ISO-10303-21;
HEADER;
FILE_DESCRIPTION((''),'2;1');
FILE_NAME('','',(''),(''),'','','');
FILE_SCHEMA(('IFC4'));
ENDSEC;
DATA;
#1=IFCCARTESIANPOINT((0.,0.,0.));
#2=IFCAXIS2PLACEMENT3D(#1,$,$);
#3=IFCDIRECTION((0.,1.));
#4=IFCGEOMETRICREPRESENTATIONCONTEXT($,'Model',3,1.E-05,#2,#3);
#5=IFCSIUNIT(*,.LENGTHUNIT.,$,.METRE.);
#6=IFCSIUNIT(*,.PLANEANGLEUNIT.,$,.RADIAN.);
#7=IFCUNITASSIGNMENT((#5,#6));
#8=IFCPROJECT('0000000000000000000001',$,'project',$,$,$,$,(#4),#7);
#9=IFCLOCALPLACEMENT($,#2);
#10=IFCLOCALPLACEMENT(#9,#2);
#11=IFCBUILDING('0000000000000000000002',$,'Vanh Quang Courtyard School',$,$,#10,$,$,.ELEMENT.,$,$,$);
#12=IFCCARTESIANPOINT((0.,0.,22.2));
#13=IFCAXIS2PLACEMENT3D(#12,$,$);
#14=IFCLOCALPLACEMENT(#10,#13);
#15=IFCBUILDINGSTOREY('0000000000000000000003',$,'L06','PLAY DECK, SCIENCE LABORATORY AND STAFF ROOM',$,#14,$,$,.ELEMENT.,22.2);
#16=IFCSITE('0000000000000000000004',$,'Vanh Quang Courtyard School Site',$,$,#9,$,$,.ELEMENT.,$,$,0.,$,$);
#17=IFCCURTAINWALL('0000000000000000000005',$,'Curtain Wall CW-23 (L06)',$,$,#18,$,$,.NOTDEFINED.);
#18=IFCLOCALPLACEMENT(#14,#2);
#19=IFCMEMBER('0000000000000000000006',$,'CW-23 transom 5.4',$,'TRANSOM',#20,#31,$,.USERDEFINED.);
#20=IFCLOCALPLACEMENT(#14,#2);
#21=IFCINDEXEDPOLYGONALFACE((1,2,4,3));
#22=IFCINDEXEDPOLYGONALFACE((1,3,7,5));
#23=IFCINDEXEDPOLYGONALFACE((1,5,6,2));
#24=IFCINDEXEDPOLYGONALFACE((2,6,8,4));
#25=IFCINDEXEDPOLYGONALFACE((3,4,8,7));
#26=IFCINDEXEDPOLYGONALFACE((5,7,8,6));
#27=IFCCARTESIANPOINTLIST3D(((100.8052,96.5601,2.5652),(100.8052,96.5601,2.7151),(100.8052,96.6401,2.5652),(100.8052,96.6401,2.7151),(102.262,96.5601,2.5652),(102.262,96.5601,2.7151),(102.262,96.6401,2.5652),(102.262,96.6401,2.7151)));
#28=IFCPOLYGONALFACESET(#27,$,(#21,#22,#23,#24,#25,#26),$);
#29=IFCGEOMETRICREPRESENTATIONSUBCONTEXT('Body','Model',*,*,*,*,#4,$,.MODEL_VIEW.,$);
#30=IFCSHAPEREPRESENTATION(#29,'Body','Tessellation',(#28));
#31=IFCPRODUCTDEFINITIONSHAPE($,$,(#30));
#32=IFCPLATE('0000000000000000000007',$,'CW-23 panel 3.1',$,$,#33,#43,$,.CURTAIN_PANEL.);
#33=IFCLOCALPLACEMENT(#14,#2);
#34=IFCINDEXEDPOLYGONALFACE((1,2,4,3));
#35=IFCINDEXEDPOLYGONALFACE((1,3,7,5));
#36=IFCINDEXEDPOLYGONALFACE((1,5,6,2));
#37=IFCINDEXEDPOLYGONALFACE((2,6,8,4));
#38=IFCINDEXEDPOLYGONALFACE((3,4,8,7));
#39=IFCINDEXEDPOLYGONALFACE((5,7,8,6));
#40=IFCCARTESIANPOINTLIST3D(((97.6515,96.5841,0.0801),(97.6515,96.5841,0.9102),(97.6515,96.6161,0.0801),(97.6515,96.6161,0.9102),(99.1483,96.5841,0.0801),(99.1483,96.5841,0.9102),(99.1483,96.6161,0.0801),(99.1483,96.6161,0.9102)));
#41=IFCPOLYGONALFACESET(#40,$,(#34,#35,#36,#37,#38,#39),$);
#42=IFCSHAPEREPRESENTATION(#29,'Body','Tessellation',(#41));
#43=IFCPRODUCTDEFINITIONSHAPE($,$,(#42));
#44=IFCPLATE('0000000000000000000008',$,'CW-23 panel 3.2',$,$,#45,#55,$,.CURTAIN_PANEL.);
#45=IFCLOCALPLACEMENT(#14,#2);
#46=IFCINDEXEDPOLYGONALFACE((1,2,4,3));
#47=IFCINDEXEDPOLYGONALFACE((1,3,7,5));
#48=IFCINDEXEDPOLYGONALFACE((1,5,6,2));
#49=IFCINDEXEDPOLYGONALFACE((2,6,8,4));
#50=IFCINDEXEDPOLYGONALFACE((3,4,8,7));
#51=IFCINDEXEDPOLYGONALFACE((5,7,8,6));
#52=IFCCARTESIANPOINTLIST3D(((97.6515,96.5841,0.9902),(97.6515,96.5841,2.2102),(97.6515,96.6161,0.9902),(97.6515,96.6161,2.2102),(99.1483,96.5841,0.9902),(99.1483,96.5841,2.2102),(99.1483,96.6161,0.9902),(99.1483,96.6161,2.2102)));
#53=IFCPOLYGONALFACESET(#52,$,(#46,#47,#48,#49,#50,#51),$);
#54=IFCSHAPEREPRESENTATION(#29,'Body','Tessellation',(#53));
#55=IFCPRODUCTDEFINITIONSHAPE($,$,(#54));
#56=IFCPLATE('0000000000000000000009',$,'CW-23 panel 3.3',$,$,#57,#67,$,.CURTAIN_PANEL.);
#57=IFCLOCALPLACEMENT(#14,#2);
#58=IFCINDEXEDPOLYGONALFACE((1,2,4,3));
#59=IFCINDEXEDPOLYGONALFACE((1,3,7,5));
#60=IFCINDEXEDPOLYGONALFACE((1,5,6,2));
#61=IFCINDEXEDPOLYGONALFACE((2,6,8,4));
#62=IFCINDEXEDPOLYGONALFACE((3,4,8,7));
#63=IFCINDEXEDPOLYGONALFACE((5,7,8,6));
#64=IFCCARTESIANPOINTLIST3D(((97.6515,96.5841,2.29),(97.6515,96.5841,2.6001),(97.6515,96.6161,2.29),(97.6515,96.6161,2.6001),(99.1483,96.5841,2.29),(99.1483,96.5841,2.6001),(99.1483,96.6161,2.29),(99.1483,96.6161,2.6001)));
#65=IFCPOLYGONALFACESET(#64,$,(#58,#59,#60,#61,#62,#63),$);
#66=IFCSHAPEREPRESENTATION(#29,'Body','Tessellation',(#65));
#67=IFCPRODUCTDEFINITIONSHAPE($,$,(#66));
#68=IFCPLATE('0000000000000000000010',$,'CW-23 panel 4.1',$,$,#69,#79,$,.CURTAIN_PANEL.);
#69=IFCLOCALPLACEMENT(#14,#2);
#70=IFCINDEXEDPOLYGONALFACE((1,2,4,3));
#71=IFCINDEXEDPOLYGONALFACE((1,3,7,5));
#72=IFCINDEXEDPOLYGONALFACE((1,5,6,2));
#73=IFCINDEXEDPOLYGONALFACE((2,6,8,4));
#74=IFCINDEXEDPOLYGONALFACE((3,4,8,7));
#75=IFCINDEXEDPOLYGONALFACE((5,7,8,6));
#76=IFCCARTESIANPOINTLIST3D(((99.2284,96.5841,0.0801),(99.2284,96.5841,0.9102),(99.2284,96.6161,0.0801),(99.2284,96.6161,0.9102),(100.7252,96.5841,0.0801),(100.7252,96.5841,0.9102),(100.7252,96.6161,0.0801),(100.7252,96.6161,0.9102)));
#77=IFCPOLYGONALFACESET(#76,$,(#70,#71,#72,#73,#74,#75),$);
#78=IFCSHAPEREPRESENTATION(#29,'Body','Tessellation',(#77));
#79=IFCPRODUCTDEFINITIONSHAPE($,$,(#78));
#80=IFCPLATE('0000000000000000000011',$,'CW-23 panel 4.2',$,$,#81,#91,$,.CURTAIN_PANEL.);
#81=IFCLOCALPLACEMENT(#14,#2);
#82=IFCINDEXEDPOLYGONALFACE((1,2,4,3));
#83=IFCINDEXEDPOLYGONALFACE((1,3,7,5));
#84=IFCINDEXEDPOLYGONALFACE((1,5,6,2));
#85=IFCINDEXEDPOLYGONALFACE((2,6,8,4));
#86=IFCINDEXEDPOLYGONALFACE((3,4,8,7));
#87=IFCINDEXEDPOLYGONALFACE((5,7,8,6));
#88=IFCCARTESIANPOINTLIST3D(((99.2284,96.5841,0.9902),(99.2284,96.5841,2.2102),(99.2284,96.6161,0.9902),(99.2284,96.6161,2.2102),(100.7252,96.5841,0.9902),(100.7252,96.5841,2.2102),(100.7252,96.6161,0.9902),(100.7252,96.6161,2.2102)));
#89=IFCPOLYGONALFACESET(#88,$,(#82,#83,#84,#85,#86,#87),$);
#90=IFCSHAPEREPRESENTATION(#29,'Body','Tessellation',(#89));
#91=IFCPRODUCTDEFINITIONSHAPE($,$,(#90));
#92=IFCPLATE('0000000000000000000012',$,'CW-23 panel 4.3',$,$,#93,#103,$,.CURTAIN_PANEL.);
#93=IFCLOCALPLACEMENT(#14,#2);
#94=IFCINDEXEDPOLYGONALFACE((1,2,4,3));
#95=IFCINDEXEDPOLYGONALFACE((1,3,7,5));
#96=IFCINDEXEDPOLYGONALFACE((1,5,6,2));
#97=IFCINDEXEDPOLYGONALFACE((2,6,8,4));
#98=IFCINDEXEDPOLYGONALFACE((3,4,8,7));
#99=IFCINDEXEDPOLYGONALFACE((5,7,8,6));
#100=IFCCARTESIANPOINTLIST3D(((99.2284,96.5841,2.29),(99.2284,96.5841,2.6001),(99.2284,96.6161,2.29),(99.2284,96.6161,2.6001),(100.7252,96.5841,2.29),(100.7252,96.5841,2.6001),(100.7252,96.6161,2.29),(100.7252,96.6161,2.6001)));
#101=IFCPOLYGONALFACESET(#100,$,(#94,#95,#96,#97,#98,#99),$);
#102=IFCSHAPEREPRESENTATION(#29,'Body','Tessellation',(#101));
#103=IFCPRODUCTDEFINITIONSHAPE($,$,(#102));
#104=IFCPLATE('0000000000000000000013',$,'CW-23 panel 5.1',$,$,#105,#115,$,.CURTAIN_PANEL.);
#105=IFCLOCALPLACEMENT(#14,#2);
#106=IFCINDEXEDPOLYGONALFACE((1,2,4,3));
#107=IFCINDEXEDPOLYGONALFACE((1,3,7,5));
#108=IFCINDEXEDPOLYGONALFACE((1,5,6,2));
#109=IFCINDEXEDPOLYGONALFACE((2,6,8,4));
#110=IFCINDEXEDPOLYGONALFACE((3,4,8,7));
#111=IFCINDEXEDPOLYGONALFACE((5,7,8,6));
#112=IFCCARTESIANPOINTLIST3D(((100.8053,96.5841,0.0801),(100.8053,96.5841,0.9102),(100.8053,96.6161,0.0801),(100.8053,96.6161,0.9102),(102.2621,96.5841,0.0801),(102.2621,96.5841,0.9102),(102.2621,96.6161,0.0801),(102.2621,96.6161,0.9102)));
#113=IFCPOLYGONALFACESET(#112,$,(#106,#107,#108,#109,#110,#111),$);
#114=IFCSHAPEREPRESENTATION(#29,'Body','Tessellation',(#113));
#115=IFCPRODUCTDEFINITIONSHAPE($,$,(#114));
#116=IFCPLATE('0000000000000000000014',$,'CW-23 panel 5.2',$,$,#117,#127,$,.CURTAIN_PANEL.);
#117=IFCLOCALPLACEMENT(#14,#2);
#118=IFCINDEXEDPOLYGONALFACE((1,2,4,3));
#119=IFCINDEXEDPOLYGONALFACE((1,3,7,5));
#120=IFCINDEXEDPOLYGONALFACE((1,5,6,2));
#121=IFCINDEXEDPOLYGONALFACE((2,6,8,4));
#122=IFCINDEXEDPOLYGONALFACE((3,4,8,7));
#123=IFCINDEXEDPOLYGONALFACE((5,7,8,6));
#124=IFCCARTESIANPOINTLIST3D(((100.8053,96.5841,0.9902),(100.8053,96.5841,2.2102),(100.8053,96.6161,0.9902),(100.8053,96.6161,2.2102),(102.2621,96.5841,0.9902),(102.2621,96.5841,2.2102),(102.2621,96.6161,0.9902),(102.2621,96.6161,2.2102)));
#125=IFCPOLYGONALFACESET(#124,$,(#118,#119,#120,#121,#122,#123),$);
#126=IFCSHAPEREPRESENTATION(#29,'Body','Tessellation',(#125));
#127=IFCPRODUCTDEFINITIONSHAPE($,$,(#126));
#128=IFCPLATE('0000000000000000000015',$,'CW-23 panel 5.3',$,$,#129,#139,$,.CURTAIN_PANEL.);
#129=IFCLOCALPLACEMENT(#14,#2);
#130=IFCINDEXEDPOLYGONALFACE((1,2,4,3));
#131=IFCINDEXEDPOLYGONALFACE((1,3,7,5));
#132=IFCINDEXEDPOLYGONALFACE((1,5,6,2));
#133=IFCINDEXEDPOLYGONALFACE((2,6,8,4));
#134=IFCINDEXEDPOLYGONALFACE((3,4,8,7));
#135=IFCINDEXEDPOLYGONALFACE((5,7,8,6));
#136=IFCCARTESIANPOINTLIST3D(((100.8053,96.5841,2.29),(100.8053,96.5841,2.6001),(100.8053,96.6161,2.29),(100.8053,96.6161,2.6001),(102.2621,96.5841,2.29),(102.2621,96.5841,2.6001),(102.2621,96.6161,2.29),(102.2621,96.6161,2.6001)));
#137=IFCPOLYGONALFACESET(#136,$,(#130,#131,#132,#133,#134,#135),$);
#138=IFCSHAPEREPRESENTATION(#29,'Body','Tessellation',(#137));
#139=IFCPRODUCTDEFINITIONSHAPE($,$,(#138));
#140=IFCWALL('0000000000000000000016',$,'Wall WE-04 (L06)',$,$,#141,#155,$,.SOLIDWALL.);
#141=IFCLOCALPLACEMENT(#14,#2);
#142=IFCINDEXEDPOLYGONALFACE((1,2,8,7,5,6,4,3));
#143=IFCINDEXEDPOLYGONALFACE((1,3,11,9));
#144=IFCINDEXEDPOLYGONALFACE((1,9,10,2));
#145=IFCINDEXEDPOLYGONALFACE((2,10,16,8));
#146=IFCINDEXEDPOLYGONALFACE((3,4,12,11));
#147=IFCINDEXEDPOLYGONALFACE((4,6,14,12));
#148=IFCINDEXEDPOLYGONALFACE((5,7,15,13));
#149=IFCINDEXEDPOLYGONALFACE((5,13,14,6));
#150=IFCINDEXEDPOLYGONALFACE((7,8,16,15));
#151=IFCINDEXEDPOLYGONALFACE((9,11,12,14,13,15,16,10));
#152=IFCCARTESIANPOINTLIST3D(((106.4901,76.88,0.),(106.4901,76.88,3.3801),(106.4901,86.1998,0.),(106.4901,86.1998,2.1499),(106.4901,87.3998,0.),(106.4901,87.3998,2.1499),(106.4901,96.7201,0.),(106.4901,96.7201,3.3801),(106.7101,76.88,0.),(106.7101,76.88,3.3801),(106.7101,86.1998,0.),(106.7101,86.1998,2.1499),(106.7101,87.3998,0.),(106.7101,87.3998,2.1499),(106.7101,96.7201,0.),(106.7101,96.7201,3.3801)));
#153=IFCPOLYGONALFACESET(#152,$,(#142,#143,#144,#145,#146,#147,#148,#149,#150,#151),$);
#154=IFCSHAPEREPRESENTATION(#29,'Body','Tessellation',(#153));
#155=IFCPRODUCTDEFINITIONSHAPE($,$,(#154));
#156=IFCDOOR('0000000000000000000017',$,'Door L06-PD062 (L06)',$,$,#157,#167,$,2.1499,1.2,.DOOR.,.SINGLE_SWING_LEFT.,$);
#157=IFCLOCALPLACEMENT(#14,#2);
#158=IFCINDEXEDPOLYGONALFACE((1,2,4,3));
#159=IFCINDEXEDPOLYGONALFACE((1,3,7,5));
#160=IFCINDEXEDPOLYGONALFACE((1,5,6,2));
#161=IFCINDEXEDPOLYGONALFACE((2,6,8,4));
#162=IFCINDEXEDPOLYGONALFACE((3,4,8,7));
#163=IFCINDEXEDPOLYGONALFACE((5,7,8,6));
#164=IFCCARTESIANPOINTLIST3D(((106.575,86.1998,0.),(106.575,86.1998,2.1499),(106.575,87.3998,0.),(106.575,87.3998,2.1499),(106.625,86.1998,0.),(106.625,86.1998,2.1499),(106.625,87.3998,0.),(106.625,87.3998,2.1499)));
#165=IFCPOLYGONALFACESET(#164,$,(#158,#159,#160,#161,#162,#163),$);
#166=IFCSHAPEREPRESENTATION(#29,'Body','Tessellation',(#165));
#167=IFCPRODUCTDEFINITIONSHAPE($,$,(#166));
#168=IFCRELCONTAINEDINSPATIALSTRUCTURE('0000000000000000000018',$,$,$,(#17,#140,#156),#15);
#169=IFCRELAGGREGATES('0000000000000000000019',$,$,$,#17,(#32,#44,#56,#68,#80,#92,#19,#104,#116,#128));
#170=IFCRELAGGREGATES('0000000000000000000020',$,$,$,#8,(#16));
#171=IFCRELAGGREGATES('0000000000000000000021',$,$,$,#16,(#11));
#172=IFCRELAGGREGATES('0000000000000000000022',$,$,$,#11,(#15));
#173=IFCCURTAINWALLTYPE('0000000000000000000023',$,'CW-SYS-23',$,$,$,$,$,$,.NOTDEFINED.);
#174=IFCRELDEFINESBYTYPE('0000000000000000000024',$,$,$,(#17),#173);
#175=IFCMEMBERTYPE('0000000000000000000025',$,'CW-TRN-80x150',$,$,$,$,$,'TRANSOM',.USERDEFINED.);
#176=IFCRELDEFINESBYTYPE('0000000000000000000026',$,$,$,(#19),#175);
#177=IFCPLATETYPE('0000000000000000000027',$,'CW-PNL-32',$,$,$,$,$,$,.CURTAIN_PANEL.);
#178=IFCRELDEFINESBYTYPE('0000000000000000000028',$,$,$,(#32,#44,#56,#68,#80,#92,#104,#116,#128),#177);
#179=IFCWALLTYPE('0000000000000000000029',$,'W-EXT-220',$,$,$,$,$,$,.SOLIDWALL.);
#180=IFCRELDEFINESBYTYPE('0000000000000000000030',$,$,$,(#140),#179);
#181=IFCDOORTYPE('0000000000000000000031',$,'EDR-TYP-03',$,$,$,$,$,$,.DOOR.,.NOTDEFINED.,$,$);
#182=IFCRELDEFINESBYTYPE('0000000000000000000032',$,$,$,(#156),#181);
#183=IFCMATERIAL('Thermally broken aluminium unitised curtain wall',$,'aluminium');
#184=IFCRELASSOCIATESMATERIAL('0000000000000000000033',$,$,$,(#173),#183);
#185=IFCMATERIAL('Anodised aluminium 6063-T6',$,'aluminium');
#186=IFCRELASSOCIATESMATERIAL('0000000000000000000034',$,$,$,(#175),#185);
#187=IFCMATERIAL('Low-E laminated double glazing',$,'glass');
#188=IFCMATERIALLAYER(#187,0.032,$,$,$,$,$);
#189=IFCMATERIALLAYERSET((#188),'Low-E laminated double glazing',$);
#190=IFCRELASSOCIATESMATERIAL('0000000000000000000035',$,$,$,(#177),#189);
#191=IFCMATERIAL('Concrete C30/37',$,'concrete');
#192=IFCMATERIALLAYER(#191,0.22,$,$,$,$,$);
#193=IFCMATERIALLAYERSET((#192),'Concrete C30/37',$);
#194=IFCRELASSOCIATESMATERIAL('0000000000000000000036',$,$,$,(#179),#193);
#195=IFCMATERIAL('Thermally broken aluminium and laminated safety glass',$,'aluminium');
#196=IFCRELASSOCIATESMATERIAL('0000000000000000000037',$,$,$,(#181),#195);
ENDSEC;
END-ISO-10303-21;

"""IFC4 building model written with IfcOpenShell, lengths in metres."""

from ifc_helpers import new_model, si_unit, direction, frame, frame_2d, origin, origin_2d, place, context, subcontext, project, spatial, rectangle, extrude, material, layer, layer_set, material_profile, profile_set, type_object, element, fill, aggregate, save


model = new_model("IFC4")

# Units and contexts
model_context = context("Model", 3, precision=1e-05, world=origin(), true_north=direction((0.0, 1.0)))
body_context = subcontext(model_context, "Body", "Model", "MODEL_VIEW")
ifc_project = project(units=[si_unit("LENGTHUNIT", "METRE"), si_unit("PLANEANGLEUNIT", "RADIAN")], contexts=[model_context])

# Site, building, storey
site_placement = place(None, origin())
site = spatial("IfcSite", under=ifc_project, at=site_placement, Name="Vanh Quang Courtyard School Site", CompositionType="ELEMENT", RefElevation=0.0)
building_placement = place(site_placement, origin())
building = spatial("IfcBuilding", under=site, at=building_placement, Name="Vanh Quang Courtyard School", CompositionType="ELEMENT")
storey_placement = place(building_placement, frame((0.0, 0.0, 22.2)))
storey = spatial("IfcBuildingStorey", under=building, at=storey_placement, Name="L06", Description="PLAY DECK, SCIENCE LABORATORY AND STAFF ROOM", CompositionType="ELEMENT", Elevation=22.2)

# Curtain wall, member, plates
ifc_material_1 = material(Name="Thermally broken aluminium unitised curtain wall", Category="aluminium")
curtain_wall_type = type_object("IfcCurtainWallType", Name="CW-SYS-23", PredefinedType="NOTDEFINED", material=ifc_material_1)
curtain_wall_placement = place(storey_placement, origin())
curtain_wall = element("IfcCurtainWall", 1, at=curtain_wall_placement, inside=storey, type_object=curtain_wall_type, Name="Curtain Wall CW-23 (L06)", PredefinedType="NOTDEFINED")
ifc_material_2 = material(Name="Anodised aluminium 6063-T6", Category="aluminium")
ifc_material_profile_1 = material_profile(ifc_material_2, rectangle(XDim=0.0801, YDim=0.1499, at=origin_2d()), Name="ALU-TRN 80x150")
ifc_profile_set_1 = profile_set([ifc_material_profile_1], Name="Anodised aluminium 6063-T6")
member_type_1 = type_object("IfcMemberType", Name="CW-TRN-80x150", ElementType="TRANSOM", PredefinedType="USERDEFINED", material=ifc_profile_set_1)
member_1_placement = place(storey_placement, frame((100.8052, 96.6001, 2.6401), z_axis=(1.0, 0.0, 0.0), x_axis=(0.0, 1.0, 0.0)))
member_1 = element("IfcMember", 2, at=member_1_placement, type_object=member_type_1, Name="CW-23 transom 5.4", ObjectType="TRANSOM", PredefinedType="USERDEFINED", context=body_context, shape_type="SweptSolid", body=[
    extrude(rectangle(XDim=0.0801, YDim=0.1499, at=origin_2d()), origin(), (0.0, 0.0, 1.0), 1.4568),
])
ifc_material_3 = material(Name="Low-E laminated double glazing", Category="glass")
ifc_layer_1 = layer(ifc_material_3, 0.032)
ifc_layer_set_1 = layer_set([ifc_layer_1], Name="Low-E laminated double glazing")
plate_type = type_object("IfcPlateType", Name="CW-PNL-32", PredefinedType="CURTAIN_PANEL", material=ifc_layer_set_1)
plate_1_placement = place(storey_placement, frame((98.3999, 96.6001, 0.0801), z_axis=(0.0, 0.0, 1.0), x_axis=(1.0, 0.0, 0.0)))
plate_1 = element("IfcPlate", 3, at=plate_1_placement, type_object=plate_type, Name="CW-23 panel 3.1", PredefinedType="CURTAIN_PANEL", context=body_context, shape_type="SweptSolid", body=[
    extrude(rectangle(XDim=1.4968, YDim=0.032, at=origin_2d()), origin(), (0.0, 0.0, 1.0), 0.8301),
])
plate_2_placement = place(storey_placement, frame((98.3999, 96.6001, 0.9902), z_axis=(0.0, 0.0, 1.0), x_axis=(1.0, 0.0, 0.0)))
plate_2 = element("IfcPlate", 4, at=plate_2_placement, type_object=plate_type, Name="CW-23 panel 3.2", PredefinedType="CURTAIN_PANEL", context=body_context, shape_type="SweptSolid", body=[
    extrude(rectangle(XDim=1.4968, YDim=0.032, at=origin_2d()), origin(), (0.0, 0.0, 1.0), 1.22),
])
plate_3_placement = place(storey_placement, frame((98.3999, 96.6001, 2.29), z_axis=(0.0, 0.0, 1.0), x_axis=(1.0, 0.0, 0.0)))
plate_3 = element("IfcPlate", 5, at=plate_3_placement, type_object=plate_type, Name="CW-23 panel 3.3", PredefinedType="CURTAIN_PANEL", context=body_context, shape_type="SweptSolid", body=[
    extrude(rectangle(XDim=1.4968, YDim=0.032, at=origin_2d()), origin(), (0.0, 0.0, 1.0), 0.3101),
])
plate_4_placement = place(storey_placement, frame((99.9768, 96.6001, 0.0801), z_axis=(0.0, 0.0, 1.0), x_axis=(1.0, 0.0, 0.0)))
plate_4 = element("IfcPlate", 6, at=plate_4_placement, type_object=plate_type, Name="CW-23 panel 4.1", PredefinedType="CURTAIN_PANEL", context=body_context, shape_type="SweptSolid", body=[
    extrude(rectangle(XDim=1.4968, YDim=0.032, at=origin_2d()), origin(), (0.0, 0.0, 1.0), 0.8301),
])
plate_5_placement = place(storey_placement, frame((99.9768, 96.6001, 0.9902), z_axis=(0.0, 0.0, 1.0), x_axis=(1.0, 0.0, 0.0)))
plate_5 = element("IfcPlate", 7, at=plate_5_placement, type_object=plate_type, Name="CW-23 panel 4.2", PredefinedType="CURTAIN_PANEL", context=body_context, shape_type="SweptSolid", body=[
    extrude(rectangle(XDim=1.4968, YDim=0.032, at=origin_2d()), origin(), (0.0, 0.0, 1.0), 1.22),
])
plate_6_placement = place(storey_placement, frame((99.9768, 96.6001, 2.29), z_axis=(0.0, 0.0, 1.0), x_axis=(1.0, 0.0, 0.0)))
plate_6 = element("IfcPlate", 8, at=plate_6_placement, type_object=plate_type, Name="CW-23 panel 4.3", PredefinedType="CURTAIN_PANEL", context=body_context, shape_type="SweptSolid", body=[
    extrude(rectangle(XDim=1.4968, YDim=0.032, at=origin_2d()), origin(), (0.0, 0.0, 1.0), 0.3101),
])
plate_7_placement = place(storey_placement, frame((101.5337, 96.6001, 0.0801), z_axis=(0.0, 0.0, 1.0), x_axis=(1.0, 0.0, 0.0)))
plate_7 = element("IfcPlate", 9, at=plate_7_placement, type_object=plate_type, Name="CW-23 panel 5.1", PredefinedType="CURTAIN_PANEL", context=body_context, shape_type="SweptSolid", body=[
    extrude(rectangle(XDim=1.4568, YDim=0.032, at=origin_2d()), origin(), (0.0, 0.0, 1.0), 0.8301),
])
plate_8_placement = place(storey_placement, frame((101.5337, 96.6001, 0.9902), z_axis=(0.0, 0.0, 1.0), x_axis=(1.0, 0.0, 0.0)))
plate_8 = element("IfcPlate", 10, at=plate_8_placement, type_object=plate_type, Name="CW-23 panel 5.2", PredefinedType="CURTAIN_PANEL", context=body_context, shape_type="SweptSolid", body=[
    extrude(rectangle(XDim=1.4568, YDim=0.032, at=origin_2d()), origin(), (0.0, 0.0, 1.0), 1.22),
])
plate_9_placement = place(storey_placement, frame((101.5337, 96.6001, 2.29), z_axis=(0.0, 0.0, 1.0), x_axis=(1.0, 0.0, 0.0)))
plate_9 = element("IfcPlate", 11, at=plate_9_placement, type_object=plate_type, Name="CW-23 panel 5.3", PredefinedType="CURTAIN_PANEL", context=body_context, shape_type="SweptSolid", body=[
    extrude(rectangle(XDim=1.4568, YDim=0.032, at=origin_2d()), origin(), (0.0, 0.0, 1.0), 0.3101),
])
aggregate(curtain_wall, [plate_1, plate_2, plate_3, plate_4, plate_5, plate_6, member_1, plate_7, plate_8, plate_9])

# Wall, opening, door
ifc_material_4 = material(Name="Concrete C30/37", Category="concrete")
ifc_layer_2 = layer(ifc_material_4, 0.22)
ifc_layer_set_2 = layer_set([ifc_layer_2], Name="Concrete C30/37")
wall_type_1 = type_object("IfcWallType", Name="W-EXT-220", PredefinedType="SOLIDWALL", material=ifc_layer_set_2)
wall_1_placement = place(storey_placement, frame((106.6001, 96.72, 0.0), z_axis=(0.0, 0.0, 1.0), x_axis=(0.0, -1.0, 0.0)))
wall_1 = element("IfcWall", 12, at=wall_1_placement, inside=storey, type_object=wall_type_1, Name="Wall WE-04 (L06)", PredefinedType="SOLIDWALL", context=body_context, shape_type="SweptSolid", body=[
    extrude(rectangle(XDim=19.8401, YDim=0.22, at=frame_2d((9.9199, 0.0))), origin(), (0.0, 0.0, 1.0), 3.3801),
])
opening_1_placement = place(wall_1_placement, frame((9.3201, 0.0, 0.0)))
opening_1 = element("IfcOpeningElement", 13, at=opening_1_placement, cuts=wall_1, PredefinedType="OPENING", context=body_context, shape_type="SweptSolid", body=[
    extrude(rectangle(XDim=1.2, YDim=2.1499, at=frame_2d((0.6001, 1.075))), frame((0.0, 0.1201, 0.0), z_axis=(0.0, -1.0, 0.0), x_axis=(1.0, 0.0, 0.0)), (0.0, 0.0, 1.0), 0.24),
])
ifc_material_5 = material(Name="Thermally broken aluminium and laminated safety glass", Category="aluminium")
door_type = type_object("IfcDoorType", Name="EDR-TYP-03", OperationType="NOTDEFINED", PredefinedType="DOOR", material=ifc_material_5)
door_placement = place(opening_1_placement, origin())
door = element("IfcDoor", 14, at=door_placement, inside=storey, type_object=door_type, Name="Door L06-PD062 (L06)", OperationType="SINGLE_SWING_LEFT", OverallHeight=2.1499, OverallWidth=1.2, PredefinedType="DOOR", context=body_context, shape_type="SweptSolid", body=[
    extrude(rectangle(XDim=1.2, YDim=2.1499, at=frame_2d((0.6001, 1.075))), frame((0.0, 0.0249, 0.0), z_axis=(0.0, -1.0, 0.0), x_axis=(1.0, 0.0, 0.0)), (0.0, 0.0, 1.0), 0.05),
])
fill(opening_1, door)

save(model, "model.ifc")
